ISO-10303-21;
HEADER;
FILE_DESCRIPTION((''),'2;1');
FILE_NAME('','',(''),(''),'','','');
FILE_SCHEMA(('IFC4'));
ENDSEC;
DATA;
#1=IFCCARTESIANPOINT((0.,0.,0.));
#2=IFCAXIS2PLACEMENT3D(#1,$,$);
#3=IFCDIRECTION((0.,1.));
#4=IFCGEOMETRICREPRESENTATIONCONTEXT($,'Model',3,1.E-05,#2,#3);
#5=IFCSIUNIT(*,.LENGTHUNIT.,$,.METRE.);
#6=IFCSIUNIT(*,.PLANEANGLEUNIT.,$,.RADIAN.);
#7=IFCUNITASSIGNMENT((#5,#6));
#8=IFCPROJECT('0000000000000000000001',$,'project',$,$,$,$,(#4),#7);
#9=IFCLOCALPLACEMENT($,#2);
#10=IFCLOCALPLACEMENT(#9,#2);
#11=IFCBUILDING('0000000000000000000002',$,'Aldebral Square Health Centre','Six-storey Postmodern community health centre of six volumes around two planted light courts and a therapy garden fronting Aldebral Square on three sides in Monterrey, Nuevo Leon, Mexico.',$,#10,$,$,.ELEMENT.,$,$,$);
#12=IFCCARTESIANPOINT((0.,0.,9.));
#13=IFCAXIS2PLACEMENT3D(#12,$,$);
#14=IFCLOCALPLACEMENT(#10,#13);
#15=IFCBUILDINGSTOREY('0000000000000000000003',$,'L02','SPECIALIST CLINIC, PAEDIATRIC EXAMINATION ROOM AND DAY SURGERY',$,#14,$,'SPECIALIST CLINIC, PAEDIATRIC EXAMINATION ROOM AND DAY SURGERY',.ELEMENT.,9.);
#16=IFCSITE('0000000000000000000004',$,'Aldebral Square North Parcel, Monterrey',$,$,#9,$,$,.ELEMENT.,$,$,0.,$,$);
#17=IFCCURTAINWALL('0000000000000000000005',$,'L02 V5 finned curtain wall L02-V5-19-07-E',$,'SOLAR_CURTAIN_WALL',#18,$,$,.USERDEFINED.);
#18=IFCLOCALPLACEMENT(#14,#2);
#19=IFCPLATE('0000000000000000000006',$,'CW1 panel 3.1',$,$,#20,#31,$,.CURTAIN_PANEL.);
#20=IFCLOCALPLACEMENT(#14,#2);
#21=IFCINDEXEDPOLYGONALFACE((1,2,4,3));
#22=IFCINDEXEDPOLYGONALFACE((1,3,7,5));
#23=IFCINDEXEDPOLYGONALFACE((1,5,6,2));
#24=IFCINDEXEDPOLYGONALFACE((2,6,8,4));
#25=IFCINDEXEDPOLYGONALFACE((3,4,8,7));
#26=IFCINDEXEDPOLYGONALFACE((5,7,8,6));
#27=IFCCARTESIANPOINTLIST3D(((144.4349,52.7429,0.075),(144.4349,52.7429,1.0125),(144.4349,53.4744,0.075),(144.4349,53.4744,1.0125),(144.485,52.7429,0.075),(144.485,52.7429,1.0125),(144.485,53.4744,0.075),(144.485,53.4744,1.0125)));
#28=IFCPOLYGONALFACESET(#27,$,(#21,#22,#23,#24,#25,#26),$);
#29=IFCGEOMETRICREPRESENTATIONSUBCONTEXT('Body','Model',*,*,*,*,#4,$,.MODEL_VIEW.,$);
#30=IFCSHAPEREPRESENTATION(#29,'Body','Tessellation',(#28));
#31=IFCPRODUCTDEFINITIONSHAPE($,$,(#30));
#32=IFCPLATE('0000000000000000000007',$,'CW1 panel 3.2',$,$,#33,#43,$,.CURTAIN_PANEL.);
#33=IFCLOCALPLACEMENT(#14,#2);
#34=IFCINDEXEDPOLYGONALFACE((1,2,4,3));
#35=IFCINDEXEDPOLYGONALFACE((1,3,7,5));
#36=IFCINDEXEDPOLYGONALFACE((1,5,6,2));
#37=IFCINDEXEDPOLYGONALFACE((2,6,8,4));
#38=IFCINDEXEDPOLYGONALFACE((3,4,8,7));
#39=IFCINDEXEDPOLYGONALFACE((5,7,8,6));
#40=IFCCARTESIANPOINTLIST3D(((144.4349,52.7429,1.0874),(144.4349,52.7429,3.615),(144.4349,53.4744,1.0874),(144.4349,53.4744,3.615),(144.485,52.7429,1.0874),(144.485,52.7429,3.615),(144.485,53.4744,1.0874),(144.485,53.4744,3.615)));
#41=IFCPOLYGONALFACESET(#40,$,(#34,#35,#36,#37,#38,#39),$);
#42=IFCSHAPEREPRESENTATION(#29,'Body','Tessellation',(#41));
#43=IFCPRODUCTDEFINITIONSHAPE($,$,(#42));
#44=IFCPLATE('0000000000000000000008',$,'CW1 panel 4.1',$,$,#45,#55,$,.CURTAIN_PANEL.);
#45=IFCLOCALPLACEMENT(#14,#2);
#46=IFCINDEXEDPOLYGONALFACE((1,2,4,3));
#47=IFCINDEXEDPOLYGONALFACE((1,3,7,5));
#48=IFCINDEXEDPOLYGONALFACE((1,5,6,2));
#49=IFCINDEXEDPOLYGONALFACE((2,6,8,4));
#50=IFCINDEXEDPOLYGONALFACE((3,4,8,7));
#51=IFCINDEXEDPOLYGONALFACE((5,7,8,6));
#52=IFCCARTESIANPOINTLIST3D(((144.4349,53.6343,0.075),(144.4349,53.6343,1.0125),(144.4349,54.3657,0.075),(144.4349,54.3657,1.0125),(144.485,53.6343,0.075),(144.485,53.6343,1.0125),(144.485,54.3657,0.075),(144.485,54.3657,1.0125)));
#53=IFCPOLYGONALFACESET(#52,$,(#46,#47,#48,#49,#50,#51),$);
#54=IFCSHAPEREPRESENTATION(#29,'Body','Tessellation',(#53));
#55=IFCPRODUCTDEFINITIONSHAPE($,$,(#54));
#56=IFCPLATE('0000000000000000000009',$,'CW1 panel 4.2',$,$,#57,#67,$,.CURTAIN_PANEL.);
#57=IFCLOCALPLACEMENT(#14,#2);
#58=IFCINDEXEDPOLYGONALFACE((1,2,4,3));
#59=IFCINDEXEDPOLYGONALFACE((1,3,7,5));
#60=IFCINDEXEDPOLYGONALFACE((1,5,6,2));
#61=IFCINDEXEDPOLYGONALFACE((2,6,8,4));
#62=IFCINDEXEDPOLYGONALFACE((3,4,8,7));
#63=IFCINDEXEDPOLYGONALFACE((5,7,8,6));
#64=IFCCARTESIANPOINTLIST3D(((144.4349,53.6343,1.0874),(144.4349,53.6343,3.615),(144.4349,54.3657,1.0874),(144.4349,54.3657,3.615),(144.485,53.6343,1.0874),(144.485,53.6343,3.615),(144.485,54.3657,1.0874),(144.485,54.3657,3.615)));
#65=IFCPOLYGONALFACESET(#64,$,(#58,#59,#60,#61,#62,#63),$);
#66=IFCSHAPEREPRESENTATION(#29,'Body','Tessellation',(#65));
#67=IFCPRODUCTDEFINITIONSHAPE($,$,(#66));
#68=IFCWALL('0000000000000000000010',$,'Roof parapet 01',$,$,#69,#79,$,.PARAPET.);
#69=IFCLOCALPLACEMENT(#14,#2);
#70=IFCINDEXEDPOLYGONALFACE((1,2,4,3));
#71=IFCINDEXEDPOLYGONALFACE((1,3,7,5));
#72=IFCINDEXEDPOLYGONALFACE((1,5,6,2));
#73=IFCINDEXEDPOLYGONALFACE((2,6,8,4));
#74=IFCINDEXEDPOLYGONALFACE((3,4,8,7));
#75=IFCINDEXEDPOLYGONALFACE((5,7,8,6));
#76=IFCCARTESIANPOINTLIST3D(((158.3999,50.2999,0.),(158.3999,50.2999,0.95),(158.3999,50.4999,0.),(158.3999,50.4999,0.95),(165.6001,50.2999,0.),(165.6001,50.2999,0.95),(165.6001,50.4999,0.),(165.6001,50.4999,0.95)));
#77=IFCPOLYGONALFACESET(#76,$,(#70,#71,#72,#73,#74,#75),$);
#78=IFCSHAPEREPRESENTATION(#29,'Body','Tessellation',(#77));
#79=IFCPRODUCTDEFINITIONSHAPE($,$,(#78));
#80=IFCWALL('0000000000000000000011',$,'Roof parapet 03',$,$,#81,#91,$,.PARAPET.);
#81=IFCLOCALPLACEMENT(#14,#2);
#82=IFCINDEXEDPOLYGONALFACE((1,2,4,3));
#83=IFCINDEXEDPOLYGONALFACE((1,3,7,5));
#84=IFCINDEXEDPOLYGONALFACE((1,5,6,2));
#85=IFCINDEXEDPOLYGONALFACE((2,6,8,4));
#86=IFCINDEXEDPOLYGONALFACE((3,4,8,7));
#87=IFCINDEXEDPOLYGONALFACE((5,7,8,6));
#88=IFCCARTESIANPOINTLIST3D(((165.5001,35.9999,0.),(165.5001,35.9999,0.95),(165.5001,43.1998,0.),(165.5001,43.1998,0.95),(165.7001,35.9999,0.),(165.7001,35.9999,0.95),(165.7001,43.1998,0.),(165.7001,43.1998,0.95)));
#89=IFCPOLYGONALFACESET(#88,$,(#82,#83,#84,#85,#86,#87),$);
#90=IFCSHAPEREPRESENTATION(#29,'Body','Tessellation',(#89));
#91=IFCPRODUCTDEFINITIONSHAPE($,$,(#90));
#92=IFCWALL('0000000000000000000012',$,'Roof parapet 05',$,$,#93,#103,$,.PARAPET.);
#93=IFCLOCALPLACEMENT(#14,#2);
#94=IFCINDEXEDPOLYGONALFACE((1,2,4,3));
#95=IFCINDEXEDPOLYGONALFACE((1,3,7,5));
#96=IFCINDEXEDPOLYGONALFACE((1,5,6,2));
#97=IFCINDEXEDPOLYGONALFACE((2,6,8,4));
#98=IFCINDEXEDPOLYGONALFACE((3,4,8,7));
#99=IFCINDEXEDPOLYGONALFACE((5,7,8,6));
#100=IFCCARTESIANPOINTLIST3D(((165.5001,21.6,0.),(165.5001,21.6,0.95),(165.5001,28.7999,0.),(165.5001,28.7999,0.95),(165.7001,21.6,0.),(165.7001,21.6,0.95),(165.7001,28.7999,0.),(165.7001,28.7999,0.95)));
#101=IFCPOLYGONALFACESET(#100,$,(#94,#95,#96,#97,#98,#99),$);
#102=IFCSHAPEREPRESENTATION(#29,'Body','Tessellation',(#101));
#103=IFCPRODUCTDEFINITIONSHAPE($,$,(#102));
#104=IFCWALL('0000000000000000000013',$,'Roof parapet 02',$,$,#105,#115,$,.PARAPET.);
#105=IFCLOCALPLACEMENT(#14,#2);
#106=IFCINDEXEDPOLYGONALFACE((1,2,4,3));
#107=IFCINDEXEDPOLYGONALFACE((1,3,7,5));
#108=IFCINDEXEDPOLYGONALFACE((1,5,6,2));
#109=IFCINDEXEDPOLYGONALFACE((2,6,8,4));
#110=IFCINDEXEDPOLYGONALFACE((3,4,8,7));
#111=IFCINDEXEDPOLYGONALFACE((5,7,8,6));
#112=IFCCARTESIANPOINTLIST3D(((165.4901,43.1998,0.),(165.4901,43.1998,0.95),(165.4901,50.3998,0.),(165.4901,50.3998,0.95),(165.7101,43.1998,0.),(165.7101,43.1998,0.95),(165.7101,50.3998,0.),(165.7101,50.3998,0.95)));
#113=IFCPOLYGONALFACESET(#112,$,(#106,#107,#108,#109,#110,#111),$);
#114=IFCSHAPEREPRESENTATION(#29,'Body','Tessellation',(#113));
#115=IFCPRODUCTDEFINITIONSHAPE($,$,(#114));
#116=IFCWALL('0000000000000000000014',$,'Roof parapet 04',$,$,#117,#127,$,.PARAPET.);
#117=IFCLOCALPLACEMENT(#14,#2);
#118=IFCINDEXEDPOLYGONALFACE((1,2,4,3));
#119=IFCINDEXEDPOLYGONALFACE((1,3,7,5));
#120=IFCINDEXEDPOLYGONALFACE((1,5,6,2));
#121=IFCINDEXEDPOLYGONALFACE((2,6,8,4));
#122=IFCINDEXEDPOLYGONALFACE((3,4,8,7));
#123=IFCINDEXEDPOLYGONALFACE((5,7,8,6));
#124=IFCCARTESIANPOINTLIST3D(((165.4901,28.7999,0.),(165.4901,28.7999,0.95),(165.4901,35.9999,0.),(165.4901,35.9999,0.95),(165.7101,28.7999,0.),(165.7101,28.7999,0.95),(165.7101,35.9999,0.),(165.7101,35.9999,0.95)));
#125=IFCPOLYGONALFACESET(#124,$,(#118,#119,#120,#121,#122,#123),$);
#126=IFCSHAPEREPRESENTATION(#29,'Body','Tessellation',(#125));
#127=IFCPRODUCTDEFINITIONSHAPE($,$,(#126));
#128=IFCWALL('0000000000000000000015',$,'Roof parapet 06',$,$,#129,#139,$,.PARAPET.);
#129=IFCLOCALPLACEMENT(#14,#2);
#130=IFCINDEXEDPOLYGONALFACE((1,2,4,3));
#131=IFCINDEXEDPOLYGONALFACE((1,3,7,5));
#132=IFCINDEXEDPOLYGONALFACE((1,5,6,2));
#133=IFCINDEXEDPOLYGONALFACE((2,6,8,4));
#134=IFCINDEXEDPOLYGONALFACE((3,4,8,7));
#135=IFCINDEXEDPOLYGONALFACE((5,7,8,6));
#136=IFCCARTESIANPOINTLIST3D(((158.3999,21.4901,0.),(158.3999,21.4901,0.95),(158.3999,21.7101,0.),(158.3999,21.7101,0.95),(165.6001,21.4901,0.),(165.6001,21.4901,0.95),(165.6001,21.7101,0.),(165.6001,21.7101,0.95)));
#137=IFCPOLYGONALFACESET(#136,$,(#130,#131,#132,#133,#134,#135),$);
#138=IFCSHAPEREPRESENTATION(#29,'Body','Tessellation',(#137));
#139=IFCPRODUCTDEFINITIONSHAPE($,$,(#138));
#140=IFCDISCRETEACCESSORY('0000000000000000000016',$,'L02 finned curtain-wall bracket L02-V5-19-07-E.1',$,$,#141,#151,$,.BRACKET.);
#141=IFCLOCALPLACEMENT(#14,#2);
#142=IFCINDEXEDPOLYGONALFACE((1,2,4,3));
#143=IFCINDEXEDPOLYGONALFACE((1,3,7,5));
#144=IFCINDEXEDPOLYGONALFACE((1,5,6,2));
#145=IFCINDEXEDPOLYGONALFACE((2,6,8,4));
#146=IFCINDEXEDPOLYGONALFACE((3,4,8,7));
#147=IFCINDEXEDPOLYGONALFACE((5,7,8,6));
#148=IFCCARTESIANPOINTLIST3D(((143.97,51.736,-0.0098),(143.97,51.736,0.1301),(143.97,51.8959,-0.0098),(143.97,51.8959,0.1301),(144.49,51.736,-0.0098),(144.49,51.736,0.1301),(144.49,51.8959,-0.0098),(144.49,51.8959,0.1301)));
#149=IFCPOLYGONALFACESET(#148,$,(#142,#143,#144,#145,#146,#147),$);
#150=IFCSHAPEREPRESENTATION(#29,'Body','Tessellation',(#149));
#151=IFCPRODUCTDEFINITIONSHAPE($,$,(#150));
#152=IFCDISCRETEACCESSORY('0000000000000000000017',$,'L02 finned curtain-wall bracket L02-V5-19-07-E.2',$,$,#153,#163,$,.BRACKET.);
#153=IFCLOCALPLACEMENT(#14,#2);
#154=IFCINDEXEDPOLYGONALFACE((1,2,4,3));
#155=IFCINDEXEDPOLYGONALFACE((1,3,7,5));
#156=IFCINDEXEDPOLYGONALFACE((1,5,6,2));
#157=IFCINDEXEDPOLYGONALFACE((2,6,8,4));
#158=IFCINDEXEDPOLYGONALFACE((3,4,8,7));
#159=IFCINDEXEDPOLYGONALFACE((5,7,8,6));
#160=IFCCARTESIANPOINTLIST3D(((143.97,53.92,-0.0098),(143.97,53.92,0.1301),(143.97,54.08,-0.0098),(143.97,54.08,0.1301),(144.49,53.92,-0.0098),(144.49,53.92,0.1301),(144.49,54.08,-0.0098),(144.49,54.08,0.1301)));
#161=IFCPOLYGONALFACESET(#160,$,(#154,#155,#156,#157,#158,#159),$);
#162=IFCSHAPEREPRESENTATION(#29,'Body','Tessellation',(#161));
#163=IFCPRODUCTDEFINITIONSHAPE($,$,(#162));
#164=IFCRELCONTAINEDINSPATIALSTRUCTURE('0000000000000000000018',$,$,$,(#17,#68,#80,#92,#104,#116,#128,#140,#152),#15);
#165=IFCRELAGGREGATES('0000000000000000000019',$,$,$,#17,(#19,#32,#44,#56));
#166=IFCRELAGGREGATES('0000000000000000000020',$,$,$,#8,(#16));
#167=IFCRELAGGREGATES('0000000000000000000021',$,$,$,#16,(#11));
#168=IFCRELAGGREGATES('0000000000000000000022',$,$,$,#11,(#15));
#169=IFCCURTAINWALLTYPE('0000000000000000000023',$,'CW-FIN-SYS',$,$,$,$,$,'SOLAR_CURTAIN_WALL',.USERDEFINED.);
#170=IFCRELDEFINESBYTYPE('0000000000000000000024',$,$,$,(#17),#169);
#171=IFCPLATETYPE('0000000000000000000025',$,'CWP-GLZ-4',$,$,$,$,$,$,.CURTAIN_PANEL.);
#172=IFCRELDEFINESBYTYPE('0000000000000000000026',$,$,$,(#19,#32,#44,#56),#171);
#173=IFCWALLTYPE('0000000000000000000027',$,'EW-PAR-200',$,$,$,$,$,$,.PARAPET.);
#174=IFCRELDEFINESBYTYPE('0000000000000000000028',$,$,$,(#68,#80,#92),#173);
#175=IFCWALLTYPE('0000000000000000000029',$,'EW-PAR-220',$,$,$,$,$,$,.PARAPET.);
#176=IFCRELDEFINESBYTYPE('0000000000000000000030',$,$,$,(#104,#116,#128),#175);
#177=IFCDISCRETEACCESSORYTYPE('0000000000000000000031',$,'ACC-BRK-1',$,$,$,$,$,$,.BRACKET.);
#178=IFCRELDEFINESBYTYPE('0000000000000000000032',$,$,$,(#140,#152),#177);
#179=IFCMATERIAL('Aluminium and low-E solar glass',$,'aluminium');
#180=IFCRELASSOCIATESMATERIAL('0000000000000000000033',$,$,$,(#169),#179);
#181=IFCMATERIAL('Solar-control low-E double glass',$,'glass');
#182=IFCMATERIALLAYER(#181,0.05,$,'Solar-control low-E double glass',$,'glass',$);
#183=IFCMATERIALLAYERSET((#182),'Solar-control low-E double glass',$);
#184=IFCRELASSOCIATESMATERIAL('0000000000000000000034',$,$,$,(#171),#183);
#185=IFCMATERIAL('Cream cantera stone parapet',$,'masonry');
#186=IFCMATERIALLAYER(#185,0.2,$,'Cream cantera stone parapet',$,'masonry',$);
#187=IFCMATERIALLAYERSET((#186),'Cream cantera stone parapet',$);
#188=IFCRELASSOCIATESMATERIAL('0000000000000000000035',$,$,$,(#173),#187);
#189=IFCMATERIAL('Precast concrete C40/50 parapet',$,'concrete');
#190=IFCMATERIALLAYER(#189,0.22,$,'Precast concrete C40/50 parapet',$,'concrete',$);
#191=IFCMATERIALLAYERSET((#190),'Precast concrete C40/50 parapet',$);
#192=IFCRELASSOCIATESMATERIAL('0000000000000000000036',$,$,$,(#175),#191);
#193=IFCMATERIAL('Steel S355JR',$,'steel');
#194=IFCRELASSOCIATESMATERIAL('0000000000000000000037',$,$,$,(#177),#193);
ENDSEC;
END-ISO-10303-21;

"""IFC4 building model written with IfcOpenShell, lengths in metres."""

from ifc_helpers import new_model, si_unit, direction, frame, frame_2d, origin, origin_2d, place, context, subcontext, project, spatial, rectangle, extrude, material, layer, layer_set, type_object, element, aggregate, save


model = new_model("IFC4")

# Units and contexts
model_context = context("Model", 3, precision=1e-05, world=origin(), true_north=direction((0.0, 1.0)))
body_context = subcontext(model_context, "Body", "Model", "MODEL_VIEW")
ifc_project = project(units=[si_unit("LENGTHUNIT", "METRE"), si_unit("PLANEANGLEUNIT", "RADIAN")], contexts=[model_context])

# Site, building, storey
site_placement = place(None, origin())
site = spatial("IfcSite", under=ifc_project, at=site_placement, Name="Aldebral Square North Parcel, Monterrey", CompositionType="ELEMENT", RefElevation=0.0)
building_placement = place(site_placement, origin())
building = spatial("IfcBuilding", under=site, at=building_placement, Name="Aldebral Square Health Centre", Description="Six-storey Postmodern community health centre of six volumes around two planted light courts and a therapy garden fronting Aldebral Square on three sides in Monterrey, Nuevo Leon, Mexico.", CompositionType="ELEMENT")
storey_placement = place(building_placement, frame((0.0, 0.0, 9.0)))
storey = spatial("IfcBuildingStorey", under=building, at=storey_placement, Name="L02", Description="SPECIALIST CLINIC, PAEDIATRIC EXAMINATION ROOM AND DAY SURGERY", LongName="SPECIALIST CLINIC, PAEDIATRIC EXAMINATION ROOM AND DAY SURGERY", CompositionType="ELEMENT", Elevation=9.0)

# Curtain wall, plates
ifc_material_1 = material(Name="Aluminium and low-E solar glass", Category="aluminium")
curtain_wall_type = type_object("IfcCurtainWallType", Name="CW-FIN-SYS", ElementType="SOLAR_CURTAIN_WALL", PredefinedType="USERDEFINED", material=ifc_material_1)
curtain_wall_placement = place(storey_placement, origin())
curtain_wall = element("IfcCurtainWall", 1, at=curtain_wall_placement, inside=storey, type_object=curtain_wall_type, Name="L02 V5 finned curtain wall L02-V5-19-07-E", ObjectType="SOLAR_CURTAIN_WALL", PredefinedType="USERDEFINED")
ifc_material_2 = material(Name="Solar-control low-E double glass", Category="glass")
ifc_layer_1 = layer(ifc_material_2, 0.05, Name="Solar-control low-E double glass", Category="glass")
ifc_layer_set_1 = layer_set([ifc_layer_1], Name="Solar-control low-E double glass")
plate_type = type_object("IfcPlateType", Name="CWP-GLZ-4", PredefinedType="CURTAIN_PANEL", material=ifc_layer_set_1)
plate_1_placement = place(storey_placement, frame((144.46, 53.1086, 0.075), z_axis=(0.0, 0.0, 1.0), x_axis=(0.0, 1.0, 0.0)))
plate_1 = element("IfcPlate", 2, at=plate_1_placement, type_object=plate_type, Name="CW1 panel 3.1", PredefinedType="CURTAIN_PANEL", context=body_context, shape_type="SweptSolid", body=[
    extrude(rectangle(XDim=0.7314, YDim=0.05, at=origin_2d()), origin(), (0.0, 0.0, 1.0), 0.9375),
])
plate_2_placement = place(storey_placement, frame((144.46, 53.1086, 1.0874), z_axis=(0.0, 0.0, 1.0), x_axis=(0.0, 1.0, 0.0)))
plate_2 = element("IfcPlate", 3, at=plate_2_placement, type_object=plate_type, Name="CW1 panel 3.2", PredefinedType="CURTAIN_PANEL", context=body_context, shape_type="SweptSolid", body=[
    extrude(rectangle(XDim=0.7314, YDim=0.05, at=origin_2d()), origin(), (0.0, 0.0, 1.0), 2.5276),
])
plate_3_placement = place(storey_placement, frame((144.46, 54.0, 0.075), z_axis=(0.0, 0.0, 1.0), x_axis=(0.0, 1.0, 0.0)))
plate_3 = element("IfcPlate", 4, at=plate_3_placement, type_object=plate_type, Name="CW1 panel 4.1", PredefinedType="CURTAIN_PANEL", context=body_context, shape_type="SweptSolid", body=[
    extrude(rectangle(XDim=0.7314, YDim=0.05, at=origin_2d()), origin(), (0.0, 0.0, 1.0), 0.9375),
])
plate_4_placement = place(storey_placement, frame((144.46, 54.0, 1.0874), z_axis=(0.0, 0.0, 1.0), x_axis=(0.0, 1.0, 0.0)))
plate_4 = element("IfcPlate", 5, at=plate_4_placement, type_object=plate_type, Name="CW1 panel 4.2", PredefinedType="CURTAIN_PANEL", context=body_context, shape_type="SweptSolid", body=[
    extrude(rectangle(XDim=0.7314, YDim=0.05, at=origin_2d()), origin(), (0.0, 0.0, 1.0), 2.5276),
])
aggregate(curtain_wall, [plate_1, plate_2, plate_3, plate_4])

# Walls
ifc_material_3 = material(Name="Cream cantera stone parapet", Category="masonry")
ifc_layer_2 = layer(ifc_material_3, 0.2, Name="Cream cantera stone parapet", Category="masonry")
ifc_layer_set_2 = layer_set([ifc_layer_2], Name="Cream cantera stone parapet")
wall_type_1 = type_object("IfcWallType", Name="EW-PAR-200", PredefinedType="PARAPET", material=ifc_layer_set_2)
wall_1_placement = place(storey_placement, frame((158.3999, 50.3999, 0.0), z_axis=(0.0, 0.0, 1.0), x_axis=(1.0, 0.0, 0.0)))
element("IfcWall", 6, at=wall_1_placement, inside=storey, type_object=wall_type_1, Name="Roof parapet 01", PredefinedType="PARAPET", context=body_context, shape_type="SweptSolid", body=[
    extrude(rectangle(XDim=7.2002, YDim=0.2, at=frame_2d((3.6001, 0.0))), origin(), (0.0, 0.0, 1.0), 0.95),
])
for number, where, z_axis, x_axis, name in (
    (7, (165.6001, 43.2, 0.0), (0.0, 0.0, 1.0), (0.0, -1.0, 0.0), "Roof parapet 03"),
    (8, (165.6001, 28.8, 0.0), (0.0, 0.0, 1.0), (0.0, -1.0, 0.0), "Roof parapet 05"),
):
    element("IfcWall", number, at=place(storey_placement, frame(where, z_axis=z_axis, x_axis=x_axis)), inside=storey, type_object=wall_type_1, Name=name, PredefinedType="PARAPET", context=body_context, shape_type="SweptSolid", body=[
        extrude(rectangle(XDim=7.2, YDim=0.2, at=frame_2d((3.6001, 0.0))), origin(), (0.0, 0.0, 1.0), 0.95),
    ])
ifc_material_4 = material(Name="Precast concrete C40/50 parapet", Category="concrete")
ifc_layer_3 = layer(ifc_material_4, 0.22, Name="Precast concrete C40/50 parapet", Category="concrete")
ifc_layer_set_3 = layer_set([ifc_layer_3], Name="Precast concrete C40/50 parapet")
wall_type_2 = type_object("IfcWallType", Name="EW-PAR-220", PredefinedType="PARAPET", material=ifc_layer_set_3)
for number, where, z_axis, x_axis, name in (
    (9, (165.6001, 50.3999, 0.0), (0.0, 0.0, 1.0), (0.0, -1.0, 0.0), "Roof parapet 02"),
    (10, (165.6001, 36.0, 0.0), (0.0, 0.0, 1.0), (0.0, -1.0, 0.0), "Roof parapet 04"),
):
    element("IfcWall", number, at=place(storey_placement, frame(where, z_axis=z_axis, x_axis=x_axis)), inside=storey, type_object=wall_type_2, Name=name, PredefinedType="PARAPET", context=body_context, shape_type="SweptSolid", body=[
        extrude(rectangle(XDim=7.2, YDim=0.22, at=frame_2d((3.6001, 0.0))), origin(), (0.0, 0.0, 1.0), 0.95),
    ])
wall_2_placement = place(storey_placement, frame((165.6001, 21.6001, 0.0), z_axis=(0.0, 0.0, 1.0), x_axis=(-1.0, 0.0, 0.0)))
element("IfcWall", 11, at=wall_2_placement, inside=storey, type_object=wall_type_2, Name="Roof parapet 06", PredefinedType="PARAPET", context=body_context, shape_type="SweptSolid", body=[
    extrude(rectangle(XDim=7.2002, YDim=0.22, at=frame_2d((3.6001, 0.0))), origin(), (0.0, 0.0, 1.0), 0.95),
])

# Discrete accessories
ifc_material_5 = material(Name="Steel S355JR", Category="steel")
discrete_accessory_type = type_object("IfcDiscreteAccessoryType", Name="ACC-BRK-1", PredefinedType="BRACKET", material=ifc_material_5)
for number, where, z_axis, x_axis, name in (
    (12, (144.23, 51.8159, -0.0098), (0.0, 0.0, 1.0), (0.0, 1.0, 0.0), "L02 finned curtain-wall bracket L02-V5-19-07-E.1"),
    (13, (144.23, 54.0, -0.0098), (0.0, 0.0, 1.0), (0.0, 1.0, 0.0), "L02 finned curtain-wall bracket L02-V5-19-07-E.2"),
):
    element("IfcDiscreteAccessory", number, at=place(storey_placement, frame(where, z_axis=z_axis, x_axis=x_axis)), inside=storey, type_object=discrete_accessory_type, Name=name, PredefinedType="BRACKET", context=body_context, shape_type="SweptSolid", body=[
        extrude(rectangle(XDim=0.1599, YDim=0.52, at=origin_2d()), origin(), (0.0, 0.0, 1.0), 0.1399),
    ])

save(model, "model.ifc")
